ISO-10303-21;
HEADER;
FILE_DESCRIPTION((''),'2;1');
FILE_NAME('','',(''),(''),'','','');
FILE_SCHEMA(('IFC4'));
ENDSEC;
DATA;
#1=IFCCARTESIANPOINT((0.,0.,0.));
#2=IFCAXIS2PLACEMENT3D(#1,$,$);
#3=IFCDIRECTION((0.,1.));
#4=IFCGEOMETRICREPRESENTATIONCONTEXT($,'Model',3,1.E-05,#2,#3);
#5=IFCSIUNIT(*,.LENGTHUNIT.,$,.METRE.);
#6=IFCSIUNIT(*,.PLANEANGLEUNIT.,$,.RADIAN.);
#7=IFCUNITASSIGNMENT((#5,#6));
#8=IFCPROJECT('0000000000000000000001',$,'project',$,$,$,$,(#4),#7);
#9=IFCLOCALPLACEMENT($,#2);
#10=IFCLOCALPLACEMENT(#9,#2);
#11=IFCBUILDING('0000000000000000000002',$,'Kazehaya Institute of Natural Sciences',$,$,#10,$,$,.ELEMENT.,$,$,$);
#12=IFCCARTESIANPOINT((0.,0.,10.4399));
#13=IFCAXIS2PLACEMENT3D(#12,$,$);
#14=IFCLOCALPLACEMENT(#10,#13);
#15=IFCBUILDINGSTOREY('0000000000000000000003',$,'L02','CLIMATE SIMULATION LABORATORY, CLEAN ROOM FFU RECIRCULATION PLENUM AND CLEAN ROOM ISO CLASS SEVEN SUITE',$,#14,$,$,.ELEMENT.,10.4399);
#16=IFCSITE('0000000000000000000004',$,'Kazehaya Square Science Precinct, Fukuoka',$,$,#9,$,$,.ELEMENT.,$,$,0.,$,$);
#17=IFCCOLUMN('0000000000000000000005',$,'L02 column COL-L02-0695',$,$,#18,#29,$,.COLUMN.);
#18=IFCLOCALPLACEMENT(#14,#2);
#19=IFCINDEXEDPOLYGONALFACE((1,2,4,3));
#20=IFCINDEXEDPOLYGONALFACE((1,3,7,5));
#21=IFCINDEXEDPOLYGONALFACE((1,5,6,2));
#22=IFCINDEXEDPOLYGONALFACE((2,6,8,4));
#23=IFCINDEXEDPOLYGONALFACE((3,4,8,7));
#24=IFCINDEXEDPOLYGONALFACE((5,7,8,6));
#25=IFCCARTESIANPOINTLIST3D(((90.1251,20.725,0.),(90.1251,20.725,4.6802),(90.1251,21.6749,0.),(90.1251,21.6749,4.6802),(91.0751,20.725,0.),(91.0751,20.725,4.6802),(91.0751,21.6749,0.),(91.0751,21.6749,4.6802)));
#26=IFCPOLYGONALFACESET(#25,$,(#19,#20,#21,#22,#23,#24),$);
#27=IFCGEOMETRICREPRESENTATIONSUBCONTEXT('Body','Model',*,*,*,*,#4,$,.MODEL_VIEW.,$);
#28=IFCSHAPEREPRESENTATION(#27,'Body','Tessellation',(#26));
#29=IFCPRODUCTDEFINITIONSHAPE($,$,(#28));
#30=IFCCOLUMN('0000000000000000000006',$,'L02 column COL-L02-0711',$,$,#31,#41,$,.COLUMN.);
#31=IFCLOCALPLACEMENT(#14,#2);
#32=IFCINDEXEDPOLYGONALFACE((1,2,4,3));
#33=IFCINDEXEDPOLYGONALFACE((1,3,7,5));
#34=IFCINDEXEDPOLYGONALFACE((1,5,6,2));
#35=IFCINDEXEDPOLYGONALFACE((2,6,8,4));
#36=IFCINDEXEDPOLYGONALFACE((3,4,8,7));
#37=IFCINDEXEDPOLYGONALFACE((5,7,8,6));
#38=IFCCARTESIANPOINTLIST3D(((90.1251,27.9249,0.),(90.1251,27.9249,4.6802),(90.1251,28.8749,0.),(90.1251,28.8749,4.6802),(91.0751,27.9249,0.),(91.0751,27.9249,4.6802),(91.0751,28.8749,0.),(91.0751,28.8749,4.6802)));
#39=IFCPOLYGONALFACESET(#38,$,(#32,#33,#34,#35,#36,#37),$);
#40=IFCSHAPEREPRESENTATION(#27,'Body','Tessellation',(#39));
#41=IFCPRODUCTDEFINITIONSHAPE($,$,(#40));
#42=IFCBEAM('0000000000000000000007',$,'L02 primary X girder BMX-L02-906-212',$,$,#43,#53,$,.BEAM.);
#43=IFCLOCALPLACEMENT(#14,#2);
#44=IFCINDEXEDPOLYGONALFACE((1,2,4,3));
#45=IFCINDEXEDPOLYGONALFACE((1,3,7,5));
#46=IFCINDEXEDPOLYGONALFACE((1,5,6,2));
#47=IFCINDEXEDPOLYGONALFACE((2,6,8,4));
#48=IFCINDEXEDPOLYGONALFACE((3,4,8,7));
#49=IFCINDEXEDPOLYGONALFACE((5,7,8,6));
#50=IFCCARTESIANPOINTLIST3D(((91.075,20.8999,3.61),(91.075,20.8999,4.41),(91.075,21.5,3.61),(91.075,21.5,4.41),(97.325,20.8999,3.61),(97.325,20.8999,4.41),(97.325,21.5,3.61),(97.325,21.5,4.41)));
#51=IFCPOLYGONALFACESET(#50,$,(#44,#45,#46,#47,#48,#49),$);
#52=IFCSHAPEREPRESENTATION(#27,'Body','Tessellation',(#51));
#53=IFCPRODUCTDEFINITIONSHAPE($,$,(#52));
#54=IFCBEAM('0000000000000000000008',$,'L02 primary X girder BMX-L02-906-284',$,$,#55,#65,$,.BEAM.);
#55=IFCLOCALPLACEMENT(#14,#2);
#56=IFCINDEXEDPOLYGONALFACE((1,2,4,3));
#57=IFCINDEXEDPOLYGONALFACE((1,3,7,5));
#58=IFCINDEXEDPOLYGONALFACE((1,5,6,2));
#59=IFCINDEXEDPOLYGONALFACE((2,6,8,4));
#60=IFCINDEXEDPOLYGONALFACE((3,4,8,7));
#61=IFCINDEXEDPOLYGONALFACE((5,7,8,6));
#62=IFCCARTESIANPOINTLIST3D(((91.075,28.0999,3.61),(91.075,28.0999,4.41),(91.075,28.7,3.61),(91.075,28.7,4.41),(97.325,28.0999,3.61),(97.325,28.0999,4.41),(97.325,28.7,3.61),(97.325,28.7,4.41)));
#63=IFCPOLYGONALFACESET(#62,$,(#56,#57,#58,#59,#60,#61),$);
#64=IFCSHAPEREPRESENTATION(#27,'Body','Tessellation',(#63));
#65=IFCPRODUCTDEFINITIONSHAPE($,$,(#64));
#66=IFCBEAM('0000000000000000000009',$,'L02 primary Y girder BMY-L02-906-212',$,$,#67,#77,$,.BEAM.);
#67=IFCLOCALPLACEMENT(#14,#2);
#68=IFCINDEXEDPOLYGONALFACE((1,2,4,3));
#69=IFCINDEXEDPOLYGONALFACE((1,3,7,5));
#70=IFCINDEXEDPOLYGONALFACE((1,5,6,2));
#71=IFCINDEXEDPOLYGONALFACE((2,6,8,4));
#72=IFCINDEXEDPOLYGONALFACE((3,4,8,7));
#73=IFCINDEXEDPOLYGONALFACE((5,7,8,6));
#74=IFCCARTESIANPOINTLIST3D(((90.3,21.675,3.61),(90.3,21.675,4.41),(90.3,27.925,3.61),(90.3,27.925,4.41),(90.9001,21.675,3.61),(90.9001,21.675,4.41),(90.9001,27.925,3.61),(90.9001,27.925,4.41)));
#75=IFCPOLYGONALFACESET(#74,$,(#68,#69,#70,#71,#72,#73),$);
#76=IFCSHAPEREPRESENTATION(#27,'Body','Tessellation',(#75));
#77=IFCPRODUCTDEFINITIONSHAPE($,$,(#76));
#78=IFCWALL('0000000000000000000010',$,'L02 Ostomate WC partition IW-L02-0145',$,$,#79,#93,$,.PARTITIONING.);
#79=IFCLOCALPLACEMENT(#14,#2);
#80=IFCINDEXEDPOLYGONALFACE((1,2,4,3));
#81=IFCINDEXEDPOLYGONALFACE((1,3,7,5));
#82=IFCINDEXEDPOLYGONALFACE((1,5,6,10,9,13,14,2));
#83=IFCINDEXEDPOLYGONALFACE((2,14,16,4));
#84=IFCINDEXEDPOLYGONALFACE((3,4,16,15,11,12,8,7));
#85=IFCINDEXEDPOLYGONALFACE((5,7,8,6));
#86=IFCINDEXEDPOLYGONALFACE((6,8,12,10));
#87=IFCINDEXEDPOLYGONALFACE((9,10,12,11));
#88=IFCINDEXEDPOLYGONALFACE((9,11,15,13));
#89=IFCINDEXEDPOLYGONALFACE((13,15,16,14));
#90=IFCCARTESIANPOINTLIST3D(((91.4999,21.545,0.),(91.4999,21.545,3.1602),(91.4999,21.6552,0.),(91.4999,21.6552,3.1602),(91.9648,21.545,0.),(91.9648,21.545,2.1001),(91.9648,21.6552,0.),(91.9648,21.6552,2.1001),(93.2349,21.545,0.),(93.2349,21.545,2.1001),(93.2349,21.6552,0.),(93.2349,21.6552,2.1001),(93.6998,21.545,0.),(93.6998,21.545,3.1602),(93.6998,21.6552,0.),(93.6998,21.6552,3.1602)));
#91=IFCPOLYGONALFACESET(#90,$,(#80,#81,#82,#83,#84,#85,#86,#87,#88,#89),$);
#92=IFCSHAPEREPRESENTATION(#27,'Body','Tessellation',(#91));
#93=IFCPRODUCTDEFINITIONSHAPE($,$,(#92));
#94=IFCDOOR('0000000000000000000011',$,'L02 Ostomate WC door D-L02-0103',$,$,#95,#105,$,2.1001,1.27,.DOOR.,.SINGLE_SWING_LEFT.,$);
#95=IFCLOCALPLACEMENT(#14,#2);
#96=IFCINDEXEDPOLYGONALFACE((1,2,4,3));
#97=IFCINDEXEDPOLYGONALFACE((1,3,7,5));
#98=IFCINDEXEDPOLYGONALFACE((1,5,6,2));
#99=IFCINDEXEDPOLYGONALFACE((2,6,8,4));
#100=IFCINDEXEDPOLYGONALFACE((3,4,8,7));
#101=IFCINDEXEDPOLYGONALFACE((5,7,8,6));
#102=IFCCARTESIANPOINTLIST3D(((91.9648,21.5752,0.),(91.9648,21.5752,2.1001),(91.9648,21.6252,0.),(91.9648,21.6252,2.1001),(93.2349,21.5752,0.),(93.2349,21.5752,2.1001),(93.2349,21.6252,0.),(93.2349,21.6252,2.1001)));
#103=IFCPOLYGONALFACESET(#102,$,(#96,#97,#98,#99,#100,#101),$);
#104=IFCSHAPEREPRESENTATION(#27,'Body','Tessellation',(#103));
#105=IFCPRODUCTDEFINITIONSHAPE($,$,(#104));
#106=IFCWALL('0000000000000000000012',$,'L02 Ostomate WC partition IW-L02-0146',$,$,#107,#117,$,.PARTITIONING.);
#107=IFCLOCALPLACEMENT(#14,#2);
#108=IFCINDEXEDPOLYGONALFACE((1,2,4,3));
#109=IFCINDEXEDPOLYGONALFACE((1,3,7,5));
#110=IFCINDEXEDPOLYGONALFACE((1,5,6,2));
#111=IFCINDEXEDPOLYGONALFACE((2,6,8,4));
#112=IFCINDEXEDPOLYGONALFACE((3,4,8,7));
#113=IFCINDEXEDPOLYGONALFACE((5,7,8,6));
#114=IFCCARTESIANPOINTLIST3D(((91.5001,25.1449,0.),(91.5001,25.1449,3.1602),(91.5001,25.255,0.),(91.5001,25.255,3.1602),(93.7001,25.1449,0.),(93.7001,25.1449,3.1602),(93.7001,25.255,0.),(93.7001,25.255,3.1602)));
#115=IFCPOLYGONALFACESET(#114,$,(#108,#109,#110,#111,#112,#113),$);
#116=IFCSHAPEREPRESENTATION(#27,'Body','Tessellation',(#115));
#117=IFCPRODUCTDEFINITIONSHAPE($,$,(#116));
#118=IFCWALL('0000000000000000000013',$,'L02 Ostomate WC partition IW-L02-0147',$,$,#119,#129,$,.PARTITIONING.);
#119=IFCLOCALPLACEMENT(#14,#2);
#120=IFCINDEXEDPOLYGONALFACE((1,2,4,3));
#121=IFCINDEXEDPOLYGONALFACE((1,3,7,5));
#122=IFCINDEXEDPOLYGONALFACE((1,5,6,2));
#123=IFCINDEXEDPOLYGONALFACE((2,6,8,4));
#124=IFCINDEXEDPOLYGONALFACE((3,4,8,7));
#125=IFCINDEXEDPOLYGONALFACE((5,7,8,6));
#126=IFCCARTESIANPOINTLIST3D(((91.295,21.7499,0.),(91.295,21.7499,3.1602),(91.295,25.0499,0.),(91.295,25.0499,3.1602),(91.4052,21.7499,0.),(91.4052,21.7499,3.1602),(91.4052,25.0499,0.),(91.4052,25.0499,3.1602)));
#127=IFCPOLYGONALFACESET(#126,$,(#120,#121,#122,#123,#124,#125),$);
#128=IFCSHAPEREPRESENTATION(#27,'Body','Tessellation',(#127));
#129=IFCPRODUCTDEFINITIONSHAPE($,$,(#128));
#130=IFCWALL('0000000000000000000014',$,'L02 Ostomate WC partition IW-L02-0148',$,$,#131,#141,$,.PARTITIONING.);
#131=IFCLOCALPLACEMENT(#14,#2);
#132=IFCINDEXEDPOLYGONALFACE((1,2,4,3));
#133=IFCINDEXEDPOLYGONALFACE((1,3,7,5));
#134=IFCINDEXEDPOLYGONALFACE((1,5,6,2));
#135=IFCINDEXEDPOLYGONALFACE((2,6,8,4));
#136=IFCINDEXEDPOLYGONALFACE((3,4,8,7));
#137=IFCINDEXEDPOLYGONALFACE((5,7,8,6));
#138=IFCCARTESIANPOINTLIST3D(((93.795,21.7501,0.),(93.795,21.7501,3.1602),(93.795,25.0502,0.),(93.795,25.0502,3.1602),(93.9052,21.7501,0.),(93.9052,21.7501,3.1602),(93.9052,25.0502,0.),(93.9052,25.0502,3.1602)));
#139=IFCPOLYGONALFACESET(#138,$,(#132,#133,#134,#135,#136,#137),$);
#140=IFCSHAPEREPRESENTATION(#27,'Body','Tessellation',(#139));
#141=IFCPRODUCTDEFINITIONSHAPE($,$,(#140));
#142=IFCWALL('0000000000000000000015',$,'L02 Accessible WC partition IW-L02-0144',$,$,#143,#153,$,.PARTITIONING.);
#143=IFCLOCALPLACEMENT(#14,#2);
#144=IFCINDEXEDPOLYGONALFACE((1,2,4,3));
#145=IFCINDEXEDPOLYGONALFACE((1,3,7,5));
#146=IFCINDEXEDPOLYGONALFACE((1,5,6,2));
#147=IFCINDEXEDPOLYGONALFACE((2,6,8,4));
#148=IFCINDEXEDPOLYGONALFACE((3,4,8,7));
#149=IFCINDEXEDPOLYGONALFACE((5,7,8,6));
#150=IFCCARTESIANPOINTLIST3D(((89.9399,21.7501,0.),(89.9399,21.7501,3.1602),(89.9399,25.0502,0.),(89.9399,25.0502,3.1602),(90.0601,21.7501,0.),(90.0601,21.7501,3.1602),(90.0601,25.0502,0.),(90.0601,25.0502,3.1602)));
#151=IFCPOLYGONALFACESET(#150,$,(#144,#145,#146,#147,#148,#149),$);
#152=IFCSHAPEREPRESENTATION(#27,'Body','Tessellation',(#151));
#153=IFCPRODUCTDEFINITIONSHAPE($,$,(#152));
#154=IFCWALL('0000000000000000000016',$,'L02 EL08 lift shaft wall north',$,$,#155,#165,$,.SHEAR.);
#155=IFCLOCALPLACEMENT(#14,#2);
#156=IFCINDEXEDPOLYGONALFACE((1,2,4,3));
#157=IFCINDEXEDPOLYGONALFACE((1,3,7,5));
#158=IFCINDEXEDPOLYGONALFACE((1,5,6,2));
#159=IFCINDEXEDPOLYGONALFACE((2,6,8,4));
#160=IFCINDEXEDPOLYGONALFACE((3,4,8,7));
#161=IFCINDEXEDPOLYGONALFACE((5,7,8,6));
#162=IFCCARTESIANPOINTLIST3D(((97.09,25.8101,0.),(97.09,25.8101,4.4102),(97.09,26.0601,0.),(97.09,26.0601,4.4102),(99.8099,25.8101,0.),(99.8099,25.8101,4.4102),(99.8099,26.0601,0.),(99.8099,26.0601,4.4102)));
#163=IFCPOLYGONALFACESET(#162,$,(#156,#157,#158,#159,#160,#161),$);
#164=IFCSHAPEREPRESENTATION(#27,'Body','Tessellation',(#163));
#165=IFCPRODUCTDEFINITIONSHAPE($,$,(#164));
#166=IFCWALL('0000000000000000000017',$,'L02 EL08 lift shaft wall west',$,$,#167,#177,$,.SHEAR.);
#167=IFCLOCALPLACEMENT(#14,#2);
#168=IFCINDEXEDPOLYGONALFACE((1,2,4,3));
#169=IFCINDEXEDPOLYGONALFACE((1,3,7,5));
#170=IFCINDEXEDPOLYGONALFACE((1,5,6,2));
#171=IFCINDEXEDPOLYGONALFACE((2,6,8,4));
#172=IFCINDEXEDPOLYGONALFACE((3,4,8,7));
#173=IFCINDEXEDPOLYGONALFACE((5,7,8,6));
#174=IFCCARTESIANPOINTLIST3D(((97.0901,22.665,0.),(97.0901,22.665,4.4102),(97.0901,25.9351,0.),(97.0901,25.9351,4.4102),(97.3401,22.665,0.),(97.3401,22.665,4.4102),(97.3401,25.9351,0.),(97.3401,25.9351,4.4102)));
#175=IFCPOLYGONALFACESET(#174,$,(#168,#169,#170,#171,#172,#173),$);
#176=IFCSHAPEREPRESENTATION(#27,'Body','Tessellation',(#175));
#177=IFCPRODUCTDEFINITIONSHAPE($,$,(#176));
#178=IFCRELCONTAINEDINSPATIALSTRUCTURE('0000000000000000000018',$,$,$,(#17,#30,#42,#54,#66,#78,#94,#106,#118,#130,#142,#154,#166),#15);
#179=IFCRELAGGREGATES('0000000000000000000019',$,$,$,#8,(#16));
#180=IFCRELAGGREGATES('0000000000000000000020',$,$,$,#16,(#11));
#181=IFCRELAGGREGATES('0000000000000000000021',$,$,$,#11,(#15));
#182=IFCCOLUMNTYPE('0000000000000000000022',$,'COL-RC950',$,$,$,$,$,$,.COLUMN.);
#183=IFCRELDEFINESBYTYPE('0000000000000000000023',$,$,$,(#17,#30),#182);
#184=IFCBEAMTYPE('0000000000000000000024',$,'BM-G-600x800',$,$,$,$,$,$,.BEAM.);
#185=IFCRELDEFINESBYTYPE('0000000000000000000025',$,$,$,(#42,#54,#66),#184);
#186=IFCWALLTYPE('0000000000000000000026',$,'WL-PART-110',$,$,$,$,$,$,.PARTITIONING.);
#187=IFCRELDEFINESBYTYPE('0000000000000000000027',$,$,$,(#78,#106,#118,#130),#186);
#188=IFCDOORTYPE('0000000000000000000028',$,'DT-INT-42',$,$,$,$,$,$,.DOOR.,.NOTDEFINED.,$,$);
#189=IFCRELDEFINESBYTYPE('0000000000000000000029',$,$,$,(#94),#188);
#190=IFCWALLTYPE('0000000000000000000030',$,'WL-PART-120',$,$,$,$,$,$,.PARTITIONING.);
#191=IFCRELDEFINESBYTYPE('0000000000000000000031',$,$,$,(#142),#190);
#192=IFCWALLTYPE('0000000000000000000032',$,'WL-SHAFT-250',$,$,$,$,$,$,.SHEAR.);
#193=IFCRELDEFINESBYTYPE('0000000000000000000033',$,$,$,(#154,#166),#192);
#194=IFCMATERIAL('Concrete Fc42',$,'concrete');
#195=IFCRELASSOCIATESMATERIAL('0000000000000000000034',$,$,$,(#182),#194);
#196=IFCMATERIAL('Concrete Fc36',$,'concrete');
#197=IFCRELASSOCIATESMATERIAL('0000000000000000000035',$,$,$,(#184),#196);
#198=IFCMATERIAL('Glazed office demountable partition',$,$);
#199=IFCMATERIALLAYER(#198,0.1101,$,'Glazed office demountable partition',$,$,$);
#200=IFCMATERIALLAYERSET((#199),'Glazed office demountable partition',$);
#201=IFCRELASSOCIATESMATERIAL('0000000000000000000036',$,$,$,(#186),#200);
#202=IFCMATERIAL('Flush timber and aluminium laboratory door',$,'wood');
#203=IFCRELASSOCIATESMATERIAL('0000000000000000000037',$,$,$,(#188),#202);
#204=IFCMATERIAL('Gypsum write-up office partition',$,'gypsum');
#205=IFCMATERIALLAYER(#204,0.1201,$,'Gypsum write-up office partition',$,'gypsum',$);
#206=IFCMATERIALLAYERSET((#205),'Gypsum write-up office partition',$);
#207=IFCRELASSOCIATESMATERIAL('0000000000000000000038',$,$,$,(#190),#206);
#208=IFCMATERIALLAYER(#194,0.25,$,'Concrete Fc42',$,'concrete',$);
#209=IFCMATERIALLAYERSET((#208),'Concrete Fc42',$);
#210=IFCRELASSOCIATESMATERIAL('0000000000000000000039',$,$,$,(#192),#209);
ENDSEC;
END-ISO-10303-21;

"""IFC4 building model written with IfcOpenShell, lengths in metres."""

from ifc_helpers import new_model, si_unit, direction, frame, frame_2d, origin, origin_2d, place, context, subcontext, project, spatial, rectangle, extrude, material, layer, layer_set, material_profile, profile_set, type_object, element, fill, save


model = new_model("IFC4")

# Units and contexts
model_context = context("Model", 3, precision=1e-05, world=origin(), true_north=direction((0.0, 1.0)))
body_context = subcontext(model_context, "Body", "Model", "MODEL_VIEW")
ifc_project = project(units=[si_unit("LENGTHUNIT", "METRE"), si_unit("PLANEANGLEUNIT", "RADIAN")], contexts=[model_context])

# Site, building, storey
site_placement = place(None, origin())
site = spatial("IfcSite", under=ifc_project, at=site_placement, Name="Kazehaya Square Science Precinct, Fukuoka", CompositionType="ELEMENT", RefElevation=0.0)
building_placement = place(site_placement, origin())
building = spatial("IfcBuilding", under=site, at=building_placement, Name="Kazehaya Institute of Natural Sciences", CompositionType="ELEMENT")
storey_placement = place(building_placement, frame((0.0, 0.0, 10.4399)))
storey = spatial("IfcBuildingStorey", under=building, at=storey_placement, Name="L02", Description="CLIMATE SIMULATION LABORATORY, CLEAN ROOM FFU RECIRCULATION PLENUM AND CLEAN ROOM ISO CLASS SEVEN SUITE", CompositionType="ELEMENT", Elevation=10.4399)

# Columns
ifc_material_1 = material(Name="Concrete Fc42", Category="concrete")
ifc_material_profile_1 = material_profile(ifc_material_1, rectangle(XDim=0.95, YDim=0.95, at=origin_2d()), Name="RC-950x950")
ifc_profile_set_1 = profile_set([ifc_material_profile_1], Name="Concrete Fc42")
column_type = type_object("IfcColumnType", Name="COL-RC950", PredefinedType="COLUMN", material=ifc_profile_set_1)
for number, where, z_axis, x_axis, name in (
    (1, (90.6001, 21.2, 0.0), (0.0, 0.0, 1.0), (1.0, 0.0, 0.0), "L02 column COL-L02-0695"),
    (2, (90.6001, 28.3999, 0.0), (0.0, 0.0, 1.0), (1.0, 0.0, 0.0), "L02 column COL-L02-0711"),
):
    element("IfcColumn", number, at=place(storey_placement, frame(where, z_axis=z_axis, x_axis=x_axis)), inside=storey, type_object=column_type, Name=name, PredefinedType="COLUMN", context=body_context, shape_type="SweptSolid", body=[
        extrude(rectangle(XDim=0.95, YDim=0.95, at=origin_2d()), origin(), (0.0, 0.0, 1.0), 4.6802),
    ])

# Beams
ifc_material_2 = material(Name="Concrete Fc36", Category="concrete")
ifc_material_profile_2 = material_profile(ifc_material_2, rectangle(XDim=0.6001, YDim=0.8, at=origin_2d()), Name="RC-600x800")
ifc_profile_set_2 = profile_set([ifc_material_profile_2], Name="Concrete Fc36")
beam_type = type_object("IfcBeamType", Name="BM-G-600x800", PredefinedType="BEAM", material=ifc_profile_set_2)
for number, where, z_axis, x_axis, name in (
    (3, (91.075, 21.2, 4.01), (1.0, 0.0, 0.0), (0.0, 1.0, 0.0), "L02 primary X girder BMX-L02-906-212"),
    (4, (91.075, 28.3999, 4.01), (1.0, 0.0, 0.0), (0.0, 1.0, 0.0), "L02 primary X girder BMX-L02-906-284"),
    (5, (90.6001, 21.675, 4.01), (0.0, 1.0, 0.0), (-1.0, 0.0, 0.0), "L02 primary Y girder BMY-L02-906-212"),
):
    element("IfcBeam", number, at=place(storey_placement, frame(where, z_axis=z_axis, x_axis=x_axis)), inside=storey, type_object=beam_type, Name=name, PredefinedType="BEAM", context=body_context, shape_type="SweptSolid", body=[
        extrude(rectangle(XDim=0.6001, YDim=0.8, at=origin_2d()), origin(), (0.0, 0.0, 1.0), 6.25),
    ])

# Wall, opening, door
ifc_material_3 = material(Name="Glazed office demountable partition")
ifc_layer_1 = layer(ifc_material_3, 0.1101, Name="Glazed office demountable partition")
ifc_layer_set_1 = layer_set([ifc_layer_1], Name="Glazed office demountable partition")
wall_type_1 = type_object("IfcWallType", Name="WL-PART-110", PredefinedType="PARTITIONING", material=ifc_layer_set_1)
wall_1_placement = place(storey_placement, frame((93.7, 21.6001, 0.0), z_axis=(0.0, 0.0, 1.0), x_axis=(-1.0, 0.0, 0.0)))
wall_1 = element("IfcWall", 6, at=wall_1_placement, inside=storey, type_object=wall_type_1, Name="L02 Ostomate WC partition IW-L02-0145", PredefinedType="PARTITIONING", context=body_context, shape_type="SweptSolid", body=[
    extrude(rectangle(XDim=2.2, YDim=0.1101, at=frame_2d((1.1001, 0.0))), origin(), (0.0, 0.0, 1.0), 3.1602),
])
opening_1_placement = place(wall_1_placement, frame((0.4651, 0.0, 0.0)))
opening_1 = element("IfcOpeningElement", 7, at=opening_1_placement, cuts=wall_1, PredefinedType="OPENING", context=body_context, shape_type="SweptSolid", body=[
    extrude(rectangle(XDim=1.27, YDim=2.1001, at=frame_2d((0.635, 1.05))), frame((0.0, 0.0649, 0.0), z_axis=(0.0, -1.0, 0.0), x_axis=(1.0, 0.0, 0.0)), (0.0, 0.0, 1.0), 0.1301),
])
ifc_material_4 = material(Name="Flush timber and aluminium laboratory door", Category="wood")
door_type_1 = type_object("IfcDoorType", Name="DT-INT-42", OperationType="NOTDEFINED", PredefinedType="DOOR", material=ifc_material_4)
door_1_placement = place(opening_1_placement, origin())
door_1 = element("IfcDoor", 8, at=door_1_placement, inside=storey, type_object=door_type_1, Name="L02 Ostomate WC door D-L02-0103", OperationType="SINGLE_SWING_LEFT", OverallHeight=2.1001, OverallWidth=1.27, PredefinedType="DOOR", context=body_context, shape_type="SweptSolid", body=[
    extrude(rectangle(XDim=1.27, YDim=2.1001, at=frame_2d((0.635, 1.05))), frame((0.0, 0.0249, 0.0), z_axis=(0.0, -1.0, 0.0), x_axis=(1.0, 0.0, 0.0)), (0.0, 0.0, 1.0), 0.05),
])
fill(opening_1, door_1)

# Walls
wall_2_placement = place(storey_placement, frame((91.5, 25.2, 0.0), z_axis=(0.0, 0.0, 1.0), x_axis=(1.0, 0.0, 0.0)))
element("IfcWall", 9, at=wall_2_placement, inside=storey, type_object=wall_type_1, Name="L02 Ostomate WC partition IW-L02-0146", PredefinedType="PARTITIONING", context=body_context, shape_type="SweptSolid", body=[
    extrude(rectangle(XDim=2.2, YDim=0.1101, at=frame_2d((1.1001, 0.0))), origin(), (0.0, 0.0, 1.0), 3.1602),
])
for number, where, z_axis, x_axis, name in (
    (10, (91.3501, 21.75, 0.0), (0.0, 0.0, 1.0), (0.0, 1.0, 0.0), "L02 Ostomate WC partition IW-L02-0147"),
    (11, (93.8501, 25.05, 0.0), (0.0, 0.0, 1.0), (0.0, -1.0, 0.0), "L02 Ostomate WC partition IW-L02-0148"),
):
    element("IfcWall", number, at=place(storey_placement, frame(where, z_axis=z_axis, x_axis=x_axis)), inside=storey, type_object=wall_type_1, Name=name, PredefinedType="PARTITIONING", context=body_context, shape_type="SweptSolid", body=[
        extrude(rectangle(XDim=3.3, YDim=0.1101, at=frame_2d((1.6499, 0.0))), origin(), (0.0, 0.0, 1.0), 3.1602),
    ])
ifc_material_5 = material(Name="Gypsum write-up office partition", Category="gypsum")
ifc_layer_2 = layer(ifc_material_5, 0.1201, Name="Gypsum write-up office partition", Category="gypsum")
ifc_layer_set_2 = layer_set([ifc_layer_2], Name="Gypsum write-up office partition")
wall_type_2 = type_object("IfcWallType", Name="WL-PART-120", PredefinedType="PARTITIONING", material=ifc_layer_set_2)
wall_3_placement = place(storey_placement, frame((90.0, 25.05, 0.0), z_axis=(0.0, 0.0, 1.0), x_axis=(0.0, -1.0, 0.0)))
element("IfcWall", 12, at=wall_3_placement, inside=storey, type_object=wall_type_2, Name="L02 Accessible WC partition IW-L02-0144", PredefinedType="PARTITIONING", context=body_context, shape_type="SweptSolid", body=[
    extrude(rectangle(XDim=3.3, YDim=0.1201, at=frame_2d((1.6499, 0.0))), origin(), (0.0, 0.0, 1.0), 3.1602),
])
ifc_layer_3 = layer(ifc_material_1, 0.25, Name="Concrete Fc42", Category="concrete")
ifc_layer_set_3 = layer_set([ifc_layer_3], Name="Concrete Fc42")
wall_type_3 = type_object("IfcWallType", Name="WL-SHAFT-250", PredefinedType="SHEAR", material=ifc_layer_set_3)
wall_4_placement = place(storey_placement, frame((97.0901, 25.9351, 0.0), z_axis=(0.0, 0.0, 1.0), x_axis=(1.0, 0.0, 0.0)))
element("IfcWall", 13, at=wall_4_placement, inside=storey, type_object=wall_type_3, Name="L02 EL08 lift shaft wall north", PredefinedType="SHEAR", context=body_context, shape_type="SweptSolid", body=[
    extrude(rectangle(XDim=2.72, YDim=0.25, at=frame_2d((1.3599, 0.0))), origin(), (0.0, 0.0, 1.0), 4.4102),
])
wall_5_placement = place(storey_placement, frame((97.2151, 22.665, 0.0), z_axis=(0.0, 0.0, 1.0), x_axis=(0.0, 1.0, 0.0)))
element("IfcWall", 14, at=wall_5_placement, inside=storey, type_object=wall_type_3, Name="L02 EL08 lift shaft wall west", PredefinedType="SHEAR", context=body_context, shape_type="SweptSolid", body=[
    extrude(rectangle(XDim=3.27, YDim=0.25, at=frame_2d((1.635, 0.0))), origin(), (0.0, 0.0, 1.0), 4.4102),
])

save(model, "model.ifc")
